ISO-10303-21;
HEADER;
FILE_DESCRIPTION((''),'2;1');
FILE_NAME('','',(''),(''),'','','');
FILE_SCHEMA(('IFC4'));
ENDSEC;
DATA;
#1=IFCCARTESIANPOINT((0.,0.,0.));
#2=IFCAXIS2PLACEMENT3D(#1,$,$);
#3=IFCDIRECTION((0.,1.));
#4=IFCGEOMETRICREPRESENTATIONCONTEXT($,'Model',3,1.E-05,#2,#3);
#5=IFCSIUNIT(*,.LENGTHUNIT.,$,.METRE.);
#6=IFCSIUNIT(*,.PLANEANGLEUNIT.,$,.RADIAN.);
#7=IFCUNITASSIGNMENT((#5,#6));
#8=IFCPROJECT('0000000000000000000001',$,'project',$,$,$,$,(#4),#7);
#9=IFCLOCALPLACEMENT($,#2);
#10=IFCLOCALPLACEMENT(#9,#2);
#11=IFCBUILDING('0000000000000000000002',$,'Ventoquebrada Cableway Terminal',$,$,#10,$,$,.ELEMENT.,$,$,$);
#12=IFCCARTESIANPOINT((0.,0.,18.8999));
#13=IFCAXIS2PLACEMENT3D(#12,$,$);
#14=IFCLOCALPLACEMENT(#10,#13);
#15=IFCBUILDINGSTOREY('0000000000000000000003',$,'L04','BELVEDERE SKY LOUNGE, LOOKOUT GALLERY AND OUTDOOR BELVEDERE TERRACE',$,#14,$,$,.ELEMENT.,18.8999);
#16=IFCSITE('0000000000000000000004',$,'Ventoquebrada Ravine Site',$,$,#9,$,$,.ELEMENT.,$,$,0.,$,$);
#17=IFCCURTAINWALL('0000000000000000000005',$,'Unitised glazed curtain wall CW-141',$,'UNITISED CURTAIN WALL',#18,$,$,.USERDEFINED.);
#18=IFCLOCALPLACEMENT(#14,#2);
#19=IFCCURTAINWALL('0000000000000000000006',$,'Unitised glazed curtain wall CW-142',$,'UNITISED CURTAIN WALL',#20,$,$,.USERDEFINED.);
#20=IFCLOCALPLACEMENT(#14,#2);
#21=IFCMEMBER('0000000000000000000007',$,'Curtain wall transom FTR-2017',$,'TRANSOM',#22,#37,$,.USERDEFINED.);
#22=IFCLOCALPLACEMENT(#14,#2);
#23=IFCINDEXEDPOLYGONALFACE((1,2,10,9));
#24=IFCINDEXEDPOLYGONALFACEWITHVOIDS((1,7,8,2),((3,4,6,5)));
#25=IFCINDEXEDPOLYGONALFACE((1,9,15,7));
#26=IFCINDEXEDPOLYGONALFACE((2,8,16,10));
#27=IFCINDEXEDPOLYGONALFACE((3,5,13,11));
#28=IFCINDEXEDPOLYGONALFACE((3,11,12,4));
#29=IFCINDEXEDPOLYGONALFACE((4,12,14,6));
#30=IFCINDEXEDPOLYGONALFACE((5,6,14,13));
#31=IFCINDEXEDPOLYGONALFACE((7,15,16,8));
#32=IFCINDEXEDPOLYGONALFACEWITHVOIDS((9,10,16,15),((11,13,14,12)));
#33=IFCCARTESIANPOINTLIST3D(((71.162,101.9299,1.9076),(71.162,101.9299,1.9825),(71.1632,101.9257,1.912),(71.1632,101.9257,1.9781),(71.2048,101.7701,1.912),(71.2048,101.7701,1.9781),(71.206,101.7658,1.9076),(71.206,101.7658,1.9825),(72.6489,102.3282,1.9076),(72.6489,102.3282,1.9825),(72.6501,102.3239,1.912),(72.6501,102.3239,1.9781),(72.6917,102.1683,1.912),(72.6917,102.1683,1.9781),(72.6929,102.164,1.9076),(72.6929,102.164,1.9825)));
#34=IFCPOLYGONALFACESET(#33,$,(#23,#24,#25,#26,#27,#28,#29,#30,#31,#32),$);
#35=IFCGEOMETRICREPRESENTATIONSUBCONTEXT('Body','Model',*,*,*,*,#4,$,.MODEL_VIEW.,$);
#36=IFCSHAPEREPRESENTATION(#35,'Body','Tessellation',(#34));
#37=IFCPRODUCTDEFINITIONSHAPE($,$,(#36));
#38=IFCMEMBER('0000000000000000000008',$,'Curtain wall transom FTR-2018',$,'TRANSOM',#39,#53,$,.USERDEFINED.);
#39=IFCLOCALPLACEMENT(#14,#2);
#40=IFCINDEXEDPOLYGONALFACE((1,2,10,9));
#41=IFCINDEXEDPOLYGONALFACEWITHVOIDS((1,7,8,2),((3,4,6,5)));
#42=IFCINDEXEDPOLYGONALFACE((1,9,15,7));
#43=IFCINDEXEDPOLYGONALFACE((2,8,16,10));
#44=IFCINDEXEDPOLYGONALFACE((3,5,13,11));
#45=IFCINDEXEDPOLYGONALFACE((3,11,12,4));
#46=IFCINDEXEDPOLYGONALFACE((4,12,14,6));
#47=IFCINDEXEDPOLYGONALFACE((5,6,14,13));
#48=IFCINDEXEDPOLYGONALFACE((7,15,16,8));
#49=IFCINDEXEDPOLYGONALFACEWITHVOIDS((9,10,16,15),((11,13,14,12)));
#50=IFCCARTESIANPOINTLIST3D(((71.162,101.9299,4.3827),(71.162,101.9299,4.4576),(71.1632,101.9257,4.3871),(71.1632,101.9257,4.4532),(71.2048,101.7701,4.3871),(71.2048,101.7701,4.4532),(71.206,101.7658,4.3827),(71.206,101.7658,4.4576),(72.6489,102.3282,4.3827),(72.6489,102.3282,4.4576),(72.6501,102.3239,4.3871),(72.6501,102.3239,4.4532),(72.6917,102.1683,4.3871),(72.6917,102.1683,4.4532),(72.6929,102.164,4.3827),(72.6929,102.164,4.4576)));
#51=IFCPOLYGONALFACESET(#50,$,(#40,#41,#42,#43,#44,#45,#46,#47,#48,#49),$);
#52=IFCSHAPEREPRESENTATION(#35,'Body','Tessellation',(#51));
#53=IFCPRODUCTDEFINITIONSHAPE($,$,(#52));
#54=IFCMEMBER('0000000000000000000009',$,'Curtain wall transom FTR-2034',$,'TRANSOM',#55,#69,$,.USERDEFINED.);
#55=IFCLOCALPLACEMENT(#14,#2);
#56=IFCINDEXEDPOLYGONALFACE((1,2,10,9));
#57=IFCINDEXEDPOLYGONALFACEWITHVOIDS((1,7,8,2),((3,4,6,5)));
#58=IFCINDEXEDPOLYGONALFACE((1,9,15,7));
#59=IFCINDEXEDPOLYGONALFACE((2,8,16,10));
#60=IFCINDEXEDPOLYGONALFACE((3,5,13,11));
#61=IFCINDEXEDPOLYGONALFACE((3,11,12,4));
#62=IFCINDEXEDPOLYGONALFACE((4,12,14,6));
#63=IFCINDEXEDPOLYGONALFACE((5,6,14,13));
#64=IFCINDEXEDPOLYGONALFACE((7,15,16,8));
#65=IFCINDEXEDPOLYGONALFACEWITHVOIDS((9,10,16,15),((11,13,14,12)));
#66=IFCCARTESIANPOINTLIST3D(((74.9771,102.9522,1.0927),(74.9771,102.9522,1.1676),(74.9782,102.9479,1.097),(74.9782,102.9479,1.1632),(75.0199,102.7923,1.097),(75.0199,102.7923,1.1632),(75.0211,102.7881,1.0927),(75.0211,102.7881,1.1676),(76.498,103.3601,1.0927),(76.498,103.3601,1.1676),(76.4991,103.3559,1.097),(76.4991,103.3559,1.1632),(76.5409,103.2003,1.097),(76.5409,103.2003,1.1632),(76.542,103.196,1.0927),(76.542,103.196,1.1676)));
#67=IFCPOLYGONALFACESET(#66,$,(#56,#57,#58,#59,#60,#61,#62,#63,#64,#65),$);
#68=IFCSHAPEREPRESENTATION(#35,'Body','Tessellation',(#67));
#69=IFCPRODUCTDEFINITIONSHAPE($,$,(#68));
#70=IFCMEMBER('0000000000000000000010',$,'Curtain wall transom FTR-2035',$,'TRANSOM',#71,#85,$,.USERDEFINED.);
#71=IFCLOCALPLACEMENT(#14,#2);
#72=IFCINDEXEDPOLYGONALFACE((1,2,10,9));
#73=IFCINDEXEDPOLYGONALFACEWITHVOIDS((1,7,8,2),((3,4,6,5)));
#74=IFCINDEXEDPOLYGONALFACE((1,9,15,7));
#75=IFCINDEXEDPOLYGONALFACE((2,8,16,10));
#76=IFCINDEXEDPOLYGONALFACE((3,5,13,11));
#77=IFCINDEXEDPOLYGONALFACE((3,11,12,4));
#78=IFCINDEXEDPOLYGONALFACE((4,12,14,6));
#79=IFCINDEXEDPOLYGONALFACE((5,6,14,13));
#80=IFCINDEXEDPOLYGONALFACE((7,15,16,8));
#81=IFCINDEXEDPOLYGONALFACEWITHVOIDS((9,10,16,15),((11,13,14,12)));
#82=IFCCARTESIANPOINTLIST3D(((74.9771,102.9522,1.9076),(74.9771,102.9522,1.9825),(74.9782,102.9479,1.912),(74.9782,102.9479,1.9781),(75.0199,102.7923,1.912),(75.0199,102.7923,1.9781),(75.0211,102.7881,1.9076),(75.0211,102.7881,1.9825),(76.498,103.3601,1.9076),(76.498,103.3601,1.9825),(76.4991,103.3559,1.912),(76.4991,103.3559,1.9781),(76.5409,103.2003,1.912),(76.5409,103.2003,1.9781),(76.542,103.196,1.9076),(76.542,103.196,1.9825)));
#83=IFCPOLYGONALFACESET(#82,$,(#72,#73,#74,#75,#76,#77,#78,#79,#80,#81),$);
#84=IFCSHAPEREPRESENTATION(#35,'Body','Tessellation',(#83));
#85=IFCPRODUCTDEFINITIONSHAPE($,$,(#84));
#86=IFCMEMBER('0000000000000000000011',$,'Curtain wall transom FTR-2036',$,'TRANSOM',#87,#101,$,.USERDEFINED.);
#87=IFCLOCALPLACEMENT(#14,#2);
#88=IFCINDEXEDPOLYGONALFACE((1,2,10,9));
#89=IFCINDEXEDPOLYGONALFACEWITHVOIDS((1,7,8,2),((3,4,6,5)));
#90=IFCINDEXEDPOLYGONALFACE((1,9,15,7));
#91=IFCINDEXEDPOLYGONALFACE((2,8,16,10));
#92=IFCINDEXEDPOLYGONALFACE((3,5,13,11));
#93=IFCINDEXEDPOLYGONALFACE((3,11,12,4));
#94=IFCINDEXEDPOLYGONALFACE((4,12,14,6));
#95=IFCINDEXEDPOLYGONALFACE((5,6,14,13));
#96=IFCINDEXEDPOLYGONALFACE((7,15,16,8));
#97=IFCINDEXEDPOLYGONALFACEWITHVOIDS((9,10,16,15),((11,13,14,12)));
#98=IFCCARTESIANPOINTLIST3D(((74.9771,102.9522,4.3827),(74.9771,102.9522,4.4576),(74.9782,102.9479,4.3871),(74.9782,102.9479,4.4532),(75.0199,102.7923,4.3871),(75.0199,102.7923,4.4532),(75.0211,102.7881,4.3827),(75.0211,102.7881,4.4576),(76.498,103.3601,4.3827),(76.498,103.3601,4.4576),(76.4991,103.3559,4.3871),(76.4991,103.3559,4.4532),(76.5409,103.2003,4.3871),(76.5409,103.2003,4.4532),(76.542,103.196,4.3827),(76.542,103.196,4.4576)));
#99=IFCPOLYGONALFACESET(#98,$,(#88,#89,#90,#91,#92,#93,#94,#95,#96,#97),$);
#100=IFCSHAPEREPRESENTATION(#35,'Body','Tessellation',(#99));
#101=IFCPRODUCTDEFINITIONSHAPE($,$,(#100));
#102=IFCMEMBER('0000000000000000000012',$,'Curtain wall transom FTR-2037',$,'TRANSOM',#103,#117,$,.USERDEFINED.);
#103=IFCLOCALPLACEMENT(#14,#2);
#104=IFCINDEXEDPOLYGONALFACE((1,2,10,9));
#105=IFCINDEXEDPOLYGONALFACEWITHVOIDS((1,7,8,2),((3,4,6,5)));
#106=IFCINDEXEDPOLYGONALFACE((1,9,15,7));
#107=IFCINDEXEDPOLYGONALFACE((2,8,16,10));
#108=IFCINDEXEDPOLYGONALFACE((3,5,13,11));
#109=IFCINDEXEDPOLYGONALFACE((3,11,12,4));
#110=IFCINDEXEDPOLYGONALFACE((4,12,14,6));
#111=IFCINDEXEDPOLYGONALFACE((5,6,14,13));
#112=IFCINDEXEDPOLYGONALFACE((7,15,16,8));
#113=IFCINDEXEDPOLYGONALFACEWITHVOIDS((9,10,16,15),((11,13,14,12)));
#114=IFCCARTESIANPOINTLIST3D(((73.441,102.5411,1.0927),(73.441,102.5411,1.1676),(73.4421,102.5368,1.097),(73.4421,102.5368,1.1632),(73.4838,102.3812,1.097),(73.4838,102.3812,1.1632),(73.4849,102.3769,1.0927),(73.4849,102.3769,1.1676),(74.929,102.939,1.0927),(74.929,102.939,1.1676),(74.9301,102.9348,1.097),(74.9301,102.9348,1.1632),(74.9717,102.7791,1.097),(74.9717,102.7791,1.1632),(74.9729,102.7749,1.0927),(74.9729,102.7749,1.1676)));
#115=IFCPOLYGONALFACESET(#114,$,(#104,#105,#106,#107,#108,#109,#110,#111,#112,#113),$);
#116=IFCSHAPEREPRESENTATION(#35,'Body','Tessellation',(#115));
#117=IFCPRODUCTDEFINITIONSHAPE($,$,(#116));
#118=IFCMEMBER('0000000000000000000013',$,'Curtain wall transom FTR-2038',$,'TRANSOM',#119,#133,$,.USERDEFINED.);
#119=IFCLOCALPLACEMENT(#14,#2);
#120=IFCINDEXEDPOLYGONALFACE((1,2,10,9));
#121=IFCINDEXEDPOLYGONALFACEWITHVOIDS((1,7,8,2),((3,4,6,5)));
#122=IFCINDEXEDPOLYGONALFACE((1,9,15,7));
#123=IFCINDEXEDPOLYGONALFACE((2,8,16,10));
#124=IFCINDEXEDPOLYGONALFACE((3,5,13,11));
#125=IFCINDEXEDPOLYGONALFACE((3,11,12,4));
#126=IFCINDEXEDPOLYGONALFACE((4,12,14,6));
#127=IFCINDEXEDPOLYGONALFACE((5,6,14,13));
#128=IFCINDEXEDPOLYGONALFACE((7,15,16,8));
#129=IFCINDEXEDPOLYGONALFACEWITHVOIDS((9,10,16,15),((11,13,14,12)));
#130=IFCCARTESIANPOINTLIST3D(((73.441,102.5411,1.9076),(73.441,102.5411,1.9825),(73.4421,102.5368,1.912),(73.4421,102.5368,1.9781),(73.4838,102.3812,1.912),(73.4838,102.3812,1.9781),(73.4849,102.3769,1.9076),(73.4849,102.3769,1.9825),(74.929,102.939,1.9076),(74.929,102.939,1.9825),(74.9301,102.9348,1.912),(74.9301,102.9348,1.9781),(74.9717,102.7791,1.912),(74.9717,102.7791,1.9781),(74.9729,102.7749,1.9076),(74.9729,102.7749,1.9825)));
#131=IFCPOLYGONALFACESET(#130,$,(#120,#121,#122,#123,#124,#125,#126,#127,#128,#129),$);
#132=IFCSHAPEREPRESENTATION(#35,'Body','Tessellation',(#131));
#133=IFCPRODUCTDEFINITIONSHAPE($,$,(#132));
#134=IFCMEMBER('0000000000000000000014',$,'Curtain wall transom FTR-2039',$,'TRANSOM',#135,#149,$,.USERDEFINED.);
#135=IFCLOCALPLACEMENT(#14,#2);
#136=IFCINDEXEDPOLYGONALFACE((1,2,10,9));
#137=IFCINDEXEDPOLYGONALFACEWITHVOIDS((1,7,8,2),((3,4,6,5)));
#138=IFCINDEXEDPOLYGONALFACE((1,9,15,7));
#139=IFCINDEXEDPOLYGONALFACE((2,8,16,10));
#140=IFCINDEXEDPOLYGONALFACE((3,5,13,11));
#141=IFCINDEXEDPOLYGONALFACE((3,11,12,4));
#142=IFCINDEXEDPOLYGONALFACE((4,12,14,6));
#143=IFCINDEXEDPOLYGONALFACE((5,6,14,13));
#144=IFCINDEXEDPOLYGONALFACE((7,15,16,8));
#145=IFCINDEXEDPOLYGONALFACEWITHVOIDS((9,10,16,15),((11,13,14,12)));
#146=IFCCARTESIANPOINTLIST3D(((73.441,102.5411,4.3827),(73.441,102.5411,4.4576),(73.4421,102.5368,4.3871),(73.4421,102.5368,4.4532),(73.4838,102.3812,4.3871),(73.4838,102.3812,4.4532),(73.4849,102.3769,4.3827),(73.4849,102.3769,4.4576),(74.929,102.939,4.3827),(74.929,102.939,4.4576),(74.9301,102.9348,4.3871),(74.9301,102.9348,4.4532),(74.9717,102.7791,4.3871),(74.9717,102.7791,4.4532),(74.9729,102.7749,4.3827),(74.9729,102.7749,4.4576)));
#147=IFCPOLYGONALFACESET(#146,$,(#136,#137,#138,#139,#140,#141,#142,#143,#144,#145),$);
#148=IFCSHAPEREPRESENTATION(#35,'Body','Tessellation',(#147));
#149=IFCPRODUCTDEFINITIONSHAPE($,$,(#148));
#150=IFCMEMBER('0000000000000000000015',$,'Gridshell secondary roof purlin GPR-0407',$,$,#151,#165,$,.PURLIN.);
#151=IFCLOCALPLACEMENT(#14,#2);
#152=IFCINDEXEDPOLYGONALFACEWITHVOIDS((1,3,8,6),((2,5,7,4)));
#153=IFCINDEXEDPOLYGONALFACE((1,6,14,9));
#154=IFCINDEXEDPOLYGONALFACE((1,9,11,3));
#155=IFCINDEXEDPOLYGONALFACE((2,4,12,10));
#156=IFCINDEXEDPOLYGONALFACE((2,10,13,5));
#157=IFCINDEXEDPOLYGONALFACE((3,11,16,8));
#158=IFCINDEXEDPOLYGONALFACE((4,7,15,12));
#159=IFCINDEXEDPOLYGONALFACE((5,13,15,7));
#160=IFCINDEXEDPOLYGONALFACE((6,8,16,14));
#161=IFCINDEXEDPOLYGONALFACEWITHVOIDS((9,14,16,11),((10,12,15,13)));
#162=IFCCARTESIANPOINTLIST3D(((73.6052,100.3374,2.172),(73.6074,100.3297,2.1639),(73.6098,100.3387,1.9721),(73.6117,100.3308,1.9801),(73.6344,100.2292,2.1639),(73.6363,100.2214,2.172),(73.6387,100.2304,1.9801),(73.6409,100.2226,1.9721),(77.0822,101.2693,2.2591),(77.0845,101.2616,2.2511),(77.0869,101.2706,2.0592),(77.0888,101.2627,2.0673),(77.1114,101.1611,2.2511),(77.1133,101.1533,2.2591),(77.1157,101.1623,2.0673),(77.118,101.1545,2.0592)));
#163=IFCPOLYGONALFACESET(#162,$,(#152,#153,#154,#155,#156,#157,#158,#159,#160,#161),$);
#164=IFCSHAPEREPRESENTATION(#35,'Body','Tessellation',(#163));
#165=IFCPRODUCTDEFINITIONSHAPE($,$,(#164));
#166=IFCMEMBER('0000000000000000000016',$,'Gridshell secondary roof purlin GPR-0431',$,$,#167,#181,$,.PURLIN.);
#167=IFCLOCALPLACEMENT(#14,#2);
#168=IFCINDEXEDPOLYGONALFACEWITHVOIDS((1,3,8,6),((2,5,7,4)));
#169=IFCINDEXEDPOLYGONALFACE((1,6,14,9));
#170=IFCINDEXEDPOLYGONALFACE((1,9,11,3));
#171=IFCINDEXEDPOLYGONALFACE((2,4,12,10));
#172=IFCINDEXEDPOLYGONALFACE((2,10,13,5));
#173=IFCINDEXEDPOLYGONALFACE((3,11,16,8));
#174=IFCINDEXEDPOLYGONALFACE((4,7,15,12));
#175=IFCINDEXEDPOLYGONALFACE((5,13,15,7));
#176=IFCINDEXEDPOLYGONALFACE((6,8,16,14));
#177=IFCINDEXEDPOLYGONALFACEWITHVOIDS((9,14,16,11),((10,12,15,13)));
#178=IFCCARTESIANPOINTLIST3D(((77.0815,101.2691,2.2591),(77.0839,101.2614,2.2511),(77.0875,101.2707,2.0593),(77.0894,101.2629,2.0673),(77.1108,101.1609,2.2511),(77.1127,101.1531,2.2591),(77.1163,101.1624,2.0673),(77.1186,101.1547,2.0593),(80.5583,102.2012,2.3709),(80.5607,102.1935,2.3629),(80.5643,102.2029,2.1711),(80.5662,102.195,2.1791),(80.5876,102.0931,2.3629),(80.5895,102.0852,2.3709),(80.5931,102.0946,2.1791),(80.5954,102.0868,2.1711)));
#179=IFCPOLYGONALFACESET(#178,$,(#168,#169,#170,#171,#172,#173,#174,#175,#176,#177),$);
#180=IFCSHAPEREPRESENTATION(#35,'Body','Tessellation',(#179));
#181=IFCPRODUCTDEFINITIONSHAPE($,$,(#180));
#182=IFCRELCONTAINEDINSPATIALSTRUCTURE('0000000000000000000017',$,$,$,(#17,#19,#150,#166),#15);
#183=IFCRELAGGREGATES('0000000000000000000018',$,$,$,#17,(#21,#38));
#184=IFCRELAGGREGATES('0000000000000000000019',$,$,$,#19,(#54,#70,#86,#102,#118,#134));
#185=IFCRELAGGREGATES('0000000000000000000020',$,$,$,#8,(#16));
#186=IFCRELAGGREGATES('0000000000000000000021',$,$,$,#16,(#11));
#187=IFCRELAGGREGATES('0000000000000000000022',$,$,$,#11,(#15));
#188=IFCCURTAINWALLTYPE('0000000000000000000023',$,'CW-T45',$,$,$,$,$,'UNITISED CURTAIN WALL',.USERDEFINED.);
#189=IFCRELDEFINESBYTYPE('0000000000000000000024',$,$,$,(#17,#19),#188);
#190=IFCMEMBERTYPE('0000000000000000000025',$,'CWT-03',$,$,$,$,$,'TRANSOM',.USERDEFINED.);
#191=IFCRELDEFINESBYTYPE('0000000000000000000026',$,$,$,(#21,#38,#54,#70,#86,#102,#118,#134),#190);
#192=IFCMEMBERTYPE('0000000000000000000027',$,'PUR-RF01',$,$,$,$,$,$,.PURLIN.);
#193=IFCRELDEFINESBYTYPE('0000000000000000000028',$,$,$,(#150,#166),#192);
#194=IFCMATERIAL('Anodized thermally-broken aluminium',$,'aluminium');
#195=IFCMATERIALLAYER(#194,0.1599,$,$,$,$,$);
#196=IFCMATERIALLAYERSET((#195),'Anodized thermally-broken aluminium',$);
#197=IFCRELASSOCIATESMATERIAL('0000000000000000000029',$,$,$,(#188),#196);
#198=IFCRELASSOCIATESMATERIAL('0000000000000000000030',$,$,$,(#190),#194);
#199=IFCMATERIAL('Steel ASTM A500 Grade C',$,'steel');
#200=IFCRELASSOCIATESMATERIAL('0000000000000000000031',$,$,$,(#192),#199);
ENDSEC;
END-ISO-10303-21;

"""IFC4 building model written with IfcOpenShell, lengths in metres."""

from ifc_helpers import new_model, si_unit, direction, frame, origin, origin_2d, place, context, subcontext, project, spatial, hollow_rectangle, extrude, material, layer, layer_set, material_profile, profile_set, type_object, element, aggregate, save


model = new_model("IFC4")

# Units and contexts
model_context = context("Model", 3, precision=1e-05, world=origin(), true_north=direction((0.0, 1.0)))
body_context = subcontext(model_context, "Body", "Model", "MODEL_VIEW")
ifc_project = project(units=[si_unit("LENGTHUNIT", "METRE"), si_unit("PLANEANGLEUNIT", "RADIAN")], contexts=[model_context])

# Site, building, storey
site_placement = place(None, origin())
site = spatial("IfcSite", under=ifc_project, at=site_placement, Name="Ventoquebrada Ravine Site", CompositionType="ELEMENT", RefElevation=0.0)
building_placement = place(site_placement, origin())
building = spatial("IfcBuilding", under=site, at=building_placement, Name="Ventoquebrada Cableway Terminal", CompositionType="ELEMENT")
storey_placement = place(building_placement, frame((0.0, 0.0, 18.8999)))
storey = spatial("IfcBuildingStorey", under=building, at=storey_placement, Name="L04", Description="BELVEDERE SKY LOUNGE, LOOKOUT GALLERY AND OUTDOOR BELVEDERE TERRACE", CompositionType="ELEMENT", Elevation=18.8999)

# Shared definitions
ifc_material_1 = material(Name="Steel ASTM A500 Grade C", Category="steel")

# Curtain wall
ifc_material_2 = material(Name="Anodized thermally-broken aluminium", Category="aluminium")
ifc_layer_1 = layer(ifc_material_2, 0.1599)
ifc_layer_set_1 = layer_set([ifc_layer_1], Name="Anodized thermally-broken aluminium")
curtain_wall_type = type_object("IfcCurtainWallType", Name="CW-T45", ElementType="UNITISED CURTAIN WALL", PredefinedType="USERDEFINED", material=ifc_layer_set_1)
curtain_wall_1_placement = place(storey_placement, origin())
curtain_wall_1 = element("IfcCurtainWall", 1, at=curtain_wall_1_placement, inside=storey, type_object=curtain_wall_type, Name="Unitised glazed curtain wall CW-141", ObjectType="UNITISED CURTAIN WALL", PredefinedType="USERDEFINED")

# Curtain wall
curtain_wall_2_placement = place(storey_placement, origin())
curtain_wall_2 = element("IfcCurtainWall", 2, at=curtain_wall_2_placement, inside=storey, type_object=curtain_wall_type, Name="Unitised glazed curtain wall CW-142", ObjectType="UNITISED CURTAIN WALL", PredefinedType="USERDEFINED")

# Members
ifc_material_profile_1 = material_profile(ifc_material_2, hollow_rectangle(XDim=0.075, YDim=0.1699, WallThickness=0.0044, at=origin_2d()), Name="CW-TRN-75X170")
ifc_profile_set_1 = profile_set([ifc_material_profile_1], Name="Anodized thermally-broken aluminium")
member_type_1 = type_object("IfcMemberType", Name="CWT-03", ElementType="TRANSOM", PredefinedType="USERDEFINED", material=ifc_profile_set_1)
member_1_placement = place(storey_placement, frame((72.6709, 102.2461, 1.9451), z_axis=(-0.965958, -0.258699, 0.0), x_axis=(0.0, 0.0, 1.0)))
member_1 = element("IfcMember", 3, at=member_1_placement, type_object=member_type_1, Name="Curtain wall transom FTR-2017", ObjectType="TRANSOM", PredefinedType="USERDEFINED", context=body_context, shape_type="SweptSolid", body=[
    extrude(hollow_rectangle(XDim=0.075, YDim=0.1699, WallThickness=0.0044, at=origin_2d()), origin(), (0.0, 0.0, 1.0), 1.5393),
])
member_2_placement = place(storey_placement, frame((72.6709, 102.2461, 4.4202), z_axis=(-0.965958, -0.258699, 0.0), x_axis=(0.0, 0.0, 1.0)))
member_2 = element("IfcMember", 4, at=member_2_placement, type_object=member_type_1, Name="Curtain wall transom FTR-2018", ObjectType="TRANSOM", PredefinedType="USERDEFINED", context=body_context, shape_type="SweptSolid", body=[
    extrude(hollow_rectangle(XDim=0.075, YDim=0.1699, WallThickness=0.0044, at=origin_2d()), origin(), (0.0, 0.0, 1.0), 1.5393),
])
member_3_placement = place(storey_placement, frame((76.52, 103.2781, 1.1301), z_axis=(-0.965861, -0.259062, 0.0), x_axis=(0.0, 0.0, 1.0)))
member_3 = element("IfcMember", 5, at=member_3_placement, type_object=member_type_1, Name="Curtain wall transom FTR-2034", ObjectType="TRANSOM", PredefinedType="USERDEFINED", context=body_context, shape_type="SweptSolid", body=[
    extrude(hollow_rectangle(XDim=0.075, YDim=0.1699, WallThickness=0.0044, at=origin_2d()), origin(), (0.0, 0.0, 1.0), 1.5747),
])
member_4_placement = place(storey_placement, frame((76.52, 103.2781, 1.9451), z_axis=(-0.965861, -0.259062, 0.0), x_axis=(0.0, 0.0, 1.0)))
member_4 = element("IfcMember", 6, at=member_4_placement, type_object=member_type_1, Name="Curtain wall transom FTR-2035", ObjectType="TRANSOM", PredefinedType="USERDEFINED", context=body_context, shape_type="SweptSolid", body=[
    extrude(hollow_rectangle(XDim=0.075, YDim=0.1699, WallThickness=0.0044, at=origin_2d()), origin(), (0.0, 0.0, 1.0), 1.5747),
])
member_5_placement = place(storey_placement, frame((76.52, 103.2781, 4.4202), z_axis=(-0.965861, -0.259062, 0.0), x_axis=(0.0, 0.0, 1.0)))
member_5 = element("IfcMember", 7, at=member_5_placement, type_object=member_type_1, Name="Curtain wall transom FTR-2036", ObjectType="TRANSOM", PredefinedType="USERDEFINED", context=body_context, shape_type="SweptSolid", body=[
    extrude(hollow_rectangle(XDim=0.075, YDim=0.1699, WallThickness=0.0044, at=origin_2d()), origin(), (0.0, 0.0, 1.0), 1.5747),
])
member_6_placement = place(storey_placement, frame((74.9509, 102.8569, 1.1301), z_axis=(-0.966051, -0.258353, 0.0), x_axis=(0.0, 0.0, 1.0)))
member_6 = element("IfcMember", 8, at=member_6_placement, type_object=member_type_1, Name="Curtain wall transom FTR-2037", ObjectType="TRANSOM", PredefinedType="USERDEFINED", context=body_context, shape_type="SweptSolid", body=[
    extrude(hollow_rectangle(XDim=0.075, YDim=0.1699, WallThickness=0.0044, at=origin_2d()), origin(), (0.0, 0.0, 1.0), 1.5403),
])
member_7_placement = place(storey_placement, frame((74.9509, 102.8569, 1.9451), z_axis=(-0.966051, -0.258353, 0.0), x_axis=(0.0, 0.0, 1.0)))
member_7 = element("IfcMember", 9, at=member_7_placement, type_object=member_type_1, Name="Curtain wall transom FTR-2038", ObjectType="TRANSOM", PredefinedType="USERDEFINED", context=body_context, shape_type="SweptSolid", body=[
    extrude(hollow_rectangle(XDim=0.075, YDim=0.1699, WallThickness=0.0044, at=origin_2d()), origin(), (0.0, 0.0, 1.0), 1.5403),
])
member_8_placement = place(storey_placement, frame((74.9509, 102.8569, 4.4202), z_axis=(-0.966051, -0.258353, 0.0), x_axis=(0.0, 0.0, 1.0)))
member_8 = element("IfcMember", 10, at=member_8_placement, type_object=member_type_1, Name="Curtain wall transom FTR-2039", ObjectType="TRANSOM", PredefinedType="USERDEFINED", context=body_context, shape_type="SweptSolid", body=[
    extrude(hollow_rectangle(XDim=0.075, YDim=0.1699, WallThickness=0.0044, at=origin_2d()), origin(), (0.0, 0.0, 1.0), 1.5403),
])

# Members
ifc_material_profile_2 = material_profile(ifc_material_1, hollow_rectangle(XDim=0.1201, YDim=0.2, WallThickness=0.0081, at=origin_2d()), Name="RHS200X120X8")
ifc_profile_set_2 = profile_set([ifc_material_profile_2], Name="Steel ASTM A500 Grade C")
member_type_2 = type_object("IfcMemberType", Name="PUR-RF01", PredefinedType="PURLIN", material=ifc_profile_set_2)
member_9_placement = place(storey_placement, frame((73.623, 100.28, 2.072), z_axis=(0.965628, 0.258798, 0.024205), x_axis=(-0.258874, 0.965911, 0.0)))
element("IfcMember", 11, at=member_9_placement, inside=storey, type_object=member_type_2, Name="Gridshell secondary roof purlin GPR-0407", PredefinedType="PURLIN", context=body_context, shape_type="SweptSolid", body=[
    extrude(hollow_rectangle(XDim=0.1201, YDim=0.2, WallThickness=0.0081, at=origin_2d()), origin(), (0.0, 0.0, 1.0), 3.6008),
])
member_10_placement = place(storey_placement, frame((77.1001, 101.2119, 2.1592), z_axis=(0.965424, 0.258829, 0.031049), x_axis=(-0.258954, 0.96589, 0.0)))
element("IfcMember", 12, at=member_10_placement, inside=storey, type_object=member_type_2, Name="Gridshell secondary roof purlin GPR-0431", PredefinedType="PURLIN", context=body_context, shape_type="SweptSolid", body=[
    extrude(hollow_rectangle(XDim=0.1201, YDim=0.2, WallThickness=0.0081, at=origin_2d()), origin(), (0.0, 0.0, 1.0), 3.6013),
])

aggregate(curtain_wall_1, [member_1, member_2])
aggregate(curtain_wall_2, [member_3, member_4, member_5, member_6, member_7, member_8])

save(model, "model.ifc")
